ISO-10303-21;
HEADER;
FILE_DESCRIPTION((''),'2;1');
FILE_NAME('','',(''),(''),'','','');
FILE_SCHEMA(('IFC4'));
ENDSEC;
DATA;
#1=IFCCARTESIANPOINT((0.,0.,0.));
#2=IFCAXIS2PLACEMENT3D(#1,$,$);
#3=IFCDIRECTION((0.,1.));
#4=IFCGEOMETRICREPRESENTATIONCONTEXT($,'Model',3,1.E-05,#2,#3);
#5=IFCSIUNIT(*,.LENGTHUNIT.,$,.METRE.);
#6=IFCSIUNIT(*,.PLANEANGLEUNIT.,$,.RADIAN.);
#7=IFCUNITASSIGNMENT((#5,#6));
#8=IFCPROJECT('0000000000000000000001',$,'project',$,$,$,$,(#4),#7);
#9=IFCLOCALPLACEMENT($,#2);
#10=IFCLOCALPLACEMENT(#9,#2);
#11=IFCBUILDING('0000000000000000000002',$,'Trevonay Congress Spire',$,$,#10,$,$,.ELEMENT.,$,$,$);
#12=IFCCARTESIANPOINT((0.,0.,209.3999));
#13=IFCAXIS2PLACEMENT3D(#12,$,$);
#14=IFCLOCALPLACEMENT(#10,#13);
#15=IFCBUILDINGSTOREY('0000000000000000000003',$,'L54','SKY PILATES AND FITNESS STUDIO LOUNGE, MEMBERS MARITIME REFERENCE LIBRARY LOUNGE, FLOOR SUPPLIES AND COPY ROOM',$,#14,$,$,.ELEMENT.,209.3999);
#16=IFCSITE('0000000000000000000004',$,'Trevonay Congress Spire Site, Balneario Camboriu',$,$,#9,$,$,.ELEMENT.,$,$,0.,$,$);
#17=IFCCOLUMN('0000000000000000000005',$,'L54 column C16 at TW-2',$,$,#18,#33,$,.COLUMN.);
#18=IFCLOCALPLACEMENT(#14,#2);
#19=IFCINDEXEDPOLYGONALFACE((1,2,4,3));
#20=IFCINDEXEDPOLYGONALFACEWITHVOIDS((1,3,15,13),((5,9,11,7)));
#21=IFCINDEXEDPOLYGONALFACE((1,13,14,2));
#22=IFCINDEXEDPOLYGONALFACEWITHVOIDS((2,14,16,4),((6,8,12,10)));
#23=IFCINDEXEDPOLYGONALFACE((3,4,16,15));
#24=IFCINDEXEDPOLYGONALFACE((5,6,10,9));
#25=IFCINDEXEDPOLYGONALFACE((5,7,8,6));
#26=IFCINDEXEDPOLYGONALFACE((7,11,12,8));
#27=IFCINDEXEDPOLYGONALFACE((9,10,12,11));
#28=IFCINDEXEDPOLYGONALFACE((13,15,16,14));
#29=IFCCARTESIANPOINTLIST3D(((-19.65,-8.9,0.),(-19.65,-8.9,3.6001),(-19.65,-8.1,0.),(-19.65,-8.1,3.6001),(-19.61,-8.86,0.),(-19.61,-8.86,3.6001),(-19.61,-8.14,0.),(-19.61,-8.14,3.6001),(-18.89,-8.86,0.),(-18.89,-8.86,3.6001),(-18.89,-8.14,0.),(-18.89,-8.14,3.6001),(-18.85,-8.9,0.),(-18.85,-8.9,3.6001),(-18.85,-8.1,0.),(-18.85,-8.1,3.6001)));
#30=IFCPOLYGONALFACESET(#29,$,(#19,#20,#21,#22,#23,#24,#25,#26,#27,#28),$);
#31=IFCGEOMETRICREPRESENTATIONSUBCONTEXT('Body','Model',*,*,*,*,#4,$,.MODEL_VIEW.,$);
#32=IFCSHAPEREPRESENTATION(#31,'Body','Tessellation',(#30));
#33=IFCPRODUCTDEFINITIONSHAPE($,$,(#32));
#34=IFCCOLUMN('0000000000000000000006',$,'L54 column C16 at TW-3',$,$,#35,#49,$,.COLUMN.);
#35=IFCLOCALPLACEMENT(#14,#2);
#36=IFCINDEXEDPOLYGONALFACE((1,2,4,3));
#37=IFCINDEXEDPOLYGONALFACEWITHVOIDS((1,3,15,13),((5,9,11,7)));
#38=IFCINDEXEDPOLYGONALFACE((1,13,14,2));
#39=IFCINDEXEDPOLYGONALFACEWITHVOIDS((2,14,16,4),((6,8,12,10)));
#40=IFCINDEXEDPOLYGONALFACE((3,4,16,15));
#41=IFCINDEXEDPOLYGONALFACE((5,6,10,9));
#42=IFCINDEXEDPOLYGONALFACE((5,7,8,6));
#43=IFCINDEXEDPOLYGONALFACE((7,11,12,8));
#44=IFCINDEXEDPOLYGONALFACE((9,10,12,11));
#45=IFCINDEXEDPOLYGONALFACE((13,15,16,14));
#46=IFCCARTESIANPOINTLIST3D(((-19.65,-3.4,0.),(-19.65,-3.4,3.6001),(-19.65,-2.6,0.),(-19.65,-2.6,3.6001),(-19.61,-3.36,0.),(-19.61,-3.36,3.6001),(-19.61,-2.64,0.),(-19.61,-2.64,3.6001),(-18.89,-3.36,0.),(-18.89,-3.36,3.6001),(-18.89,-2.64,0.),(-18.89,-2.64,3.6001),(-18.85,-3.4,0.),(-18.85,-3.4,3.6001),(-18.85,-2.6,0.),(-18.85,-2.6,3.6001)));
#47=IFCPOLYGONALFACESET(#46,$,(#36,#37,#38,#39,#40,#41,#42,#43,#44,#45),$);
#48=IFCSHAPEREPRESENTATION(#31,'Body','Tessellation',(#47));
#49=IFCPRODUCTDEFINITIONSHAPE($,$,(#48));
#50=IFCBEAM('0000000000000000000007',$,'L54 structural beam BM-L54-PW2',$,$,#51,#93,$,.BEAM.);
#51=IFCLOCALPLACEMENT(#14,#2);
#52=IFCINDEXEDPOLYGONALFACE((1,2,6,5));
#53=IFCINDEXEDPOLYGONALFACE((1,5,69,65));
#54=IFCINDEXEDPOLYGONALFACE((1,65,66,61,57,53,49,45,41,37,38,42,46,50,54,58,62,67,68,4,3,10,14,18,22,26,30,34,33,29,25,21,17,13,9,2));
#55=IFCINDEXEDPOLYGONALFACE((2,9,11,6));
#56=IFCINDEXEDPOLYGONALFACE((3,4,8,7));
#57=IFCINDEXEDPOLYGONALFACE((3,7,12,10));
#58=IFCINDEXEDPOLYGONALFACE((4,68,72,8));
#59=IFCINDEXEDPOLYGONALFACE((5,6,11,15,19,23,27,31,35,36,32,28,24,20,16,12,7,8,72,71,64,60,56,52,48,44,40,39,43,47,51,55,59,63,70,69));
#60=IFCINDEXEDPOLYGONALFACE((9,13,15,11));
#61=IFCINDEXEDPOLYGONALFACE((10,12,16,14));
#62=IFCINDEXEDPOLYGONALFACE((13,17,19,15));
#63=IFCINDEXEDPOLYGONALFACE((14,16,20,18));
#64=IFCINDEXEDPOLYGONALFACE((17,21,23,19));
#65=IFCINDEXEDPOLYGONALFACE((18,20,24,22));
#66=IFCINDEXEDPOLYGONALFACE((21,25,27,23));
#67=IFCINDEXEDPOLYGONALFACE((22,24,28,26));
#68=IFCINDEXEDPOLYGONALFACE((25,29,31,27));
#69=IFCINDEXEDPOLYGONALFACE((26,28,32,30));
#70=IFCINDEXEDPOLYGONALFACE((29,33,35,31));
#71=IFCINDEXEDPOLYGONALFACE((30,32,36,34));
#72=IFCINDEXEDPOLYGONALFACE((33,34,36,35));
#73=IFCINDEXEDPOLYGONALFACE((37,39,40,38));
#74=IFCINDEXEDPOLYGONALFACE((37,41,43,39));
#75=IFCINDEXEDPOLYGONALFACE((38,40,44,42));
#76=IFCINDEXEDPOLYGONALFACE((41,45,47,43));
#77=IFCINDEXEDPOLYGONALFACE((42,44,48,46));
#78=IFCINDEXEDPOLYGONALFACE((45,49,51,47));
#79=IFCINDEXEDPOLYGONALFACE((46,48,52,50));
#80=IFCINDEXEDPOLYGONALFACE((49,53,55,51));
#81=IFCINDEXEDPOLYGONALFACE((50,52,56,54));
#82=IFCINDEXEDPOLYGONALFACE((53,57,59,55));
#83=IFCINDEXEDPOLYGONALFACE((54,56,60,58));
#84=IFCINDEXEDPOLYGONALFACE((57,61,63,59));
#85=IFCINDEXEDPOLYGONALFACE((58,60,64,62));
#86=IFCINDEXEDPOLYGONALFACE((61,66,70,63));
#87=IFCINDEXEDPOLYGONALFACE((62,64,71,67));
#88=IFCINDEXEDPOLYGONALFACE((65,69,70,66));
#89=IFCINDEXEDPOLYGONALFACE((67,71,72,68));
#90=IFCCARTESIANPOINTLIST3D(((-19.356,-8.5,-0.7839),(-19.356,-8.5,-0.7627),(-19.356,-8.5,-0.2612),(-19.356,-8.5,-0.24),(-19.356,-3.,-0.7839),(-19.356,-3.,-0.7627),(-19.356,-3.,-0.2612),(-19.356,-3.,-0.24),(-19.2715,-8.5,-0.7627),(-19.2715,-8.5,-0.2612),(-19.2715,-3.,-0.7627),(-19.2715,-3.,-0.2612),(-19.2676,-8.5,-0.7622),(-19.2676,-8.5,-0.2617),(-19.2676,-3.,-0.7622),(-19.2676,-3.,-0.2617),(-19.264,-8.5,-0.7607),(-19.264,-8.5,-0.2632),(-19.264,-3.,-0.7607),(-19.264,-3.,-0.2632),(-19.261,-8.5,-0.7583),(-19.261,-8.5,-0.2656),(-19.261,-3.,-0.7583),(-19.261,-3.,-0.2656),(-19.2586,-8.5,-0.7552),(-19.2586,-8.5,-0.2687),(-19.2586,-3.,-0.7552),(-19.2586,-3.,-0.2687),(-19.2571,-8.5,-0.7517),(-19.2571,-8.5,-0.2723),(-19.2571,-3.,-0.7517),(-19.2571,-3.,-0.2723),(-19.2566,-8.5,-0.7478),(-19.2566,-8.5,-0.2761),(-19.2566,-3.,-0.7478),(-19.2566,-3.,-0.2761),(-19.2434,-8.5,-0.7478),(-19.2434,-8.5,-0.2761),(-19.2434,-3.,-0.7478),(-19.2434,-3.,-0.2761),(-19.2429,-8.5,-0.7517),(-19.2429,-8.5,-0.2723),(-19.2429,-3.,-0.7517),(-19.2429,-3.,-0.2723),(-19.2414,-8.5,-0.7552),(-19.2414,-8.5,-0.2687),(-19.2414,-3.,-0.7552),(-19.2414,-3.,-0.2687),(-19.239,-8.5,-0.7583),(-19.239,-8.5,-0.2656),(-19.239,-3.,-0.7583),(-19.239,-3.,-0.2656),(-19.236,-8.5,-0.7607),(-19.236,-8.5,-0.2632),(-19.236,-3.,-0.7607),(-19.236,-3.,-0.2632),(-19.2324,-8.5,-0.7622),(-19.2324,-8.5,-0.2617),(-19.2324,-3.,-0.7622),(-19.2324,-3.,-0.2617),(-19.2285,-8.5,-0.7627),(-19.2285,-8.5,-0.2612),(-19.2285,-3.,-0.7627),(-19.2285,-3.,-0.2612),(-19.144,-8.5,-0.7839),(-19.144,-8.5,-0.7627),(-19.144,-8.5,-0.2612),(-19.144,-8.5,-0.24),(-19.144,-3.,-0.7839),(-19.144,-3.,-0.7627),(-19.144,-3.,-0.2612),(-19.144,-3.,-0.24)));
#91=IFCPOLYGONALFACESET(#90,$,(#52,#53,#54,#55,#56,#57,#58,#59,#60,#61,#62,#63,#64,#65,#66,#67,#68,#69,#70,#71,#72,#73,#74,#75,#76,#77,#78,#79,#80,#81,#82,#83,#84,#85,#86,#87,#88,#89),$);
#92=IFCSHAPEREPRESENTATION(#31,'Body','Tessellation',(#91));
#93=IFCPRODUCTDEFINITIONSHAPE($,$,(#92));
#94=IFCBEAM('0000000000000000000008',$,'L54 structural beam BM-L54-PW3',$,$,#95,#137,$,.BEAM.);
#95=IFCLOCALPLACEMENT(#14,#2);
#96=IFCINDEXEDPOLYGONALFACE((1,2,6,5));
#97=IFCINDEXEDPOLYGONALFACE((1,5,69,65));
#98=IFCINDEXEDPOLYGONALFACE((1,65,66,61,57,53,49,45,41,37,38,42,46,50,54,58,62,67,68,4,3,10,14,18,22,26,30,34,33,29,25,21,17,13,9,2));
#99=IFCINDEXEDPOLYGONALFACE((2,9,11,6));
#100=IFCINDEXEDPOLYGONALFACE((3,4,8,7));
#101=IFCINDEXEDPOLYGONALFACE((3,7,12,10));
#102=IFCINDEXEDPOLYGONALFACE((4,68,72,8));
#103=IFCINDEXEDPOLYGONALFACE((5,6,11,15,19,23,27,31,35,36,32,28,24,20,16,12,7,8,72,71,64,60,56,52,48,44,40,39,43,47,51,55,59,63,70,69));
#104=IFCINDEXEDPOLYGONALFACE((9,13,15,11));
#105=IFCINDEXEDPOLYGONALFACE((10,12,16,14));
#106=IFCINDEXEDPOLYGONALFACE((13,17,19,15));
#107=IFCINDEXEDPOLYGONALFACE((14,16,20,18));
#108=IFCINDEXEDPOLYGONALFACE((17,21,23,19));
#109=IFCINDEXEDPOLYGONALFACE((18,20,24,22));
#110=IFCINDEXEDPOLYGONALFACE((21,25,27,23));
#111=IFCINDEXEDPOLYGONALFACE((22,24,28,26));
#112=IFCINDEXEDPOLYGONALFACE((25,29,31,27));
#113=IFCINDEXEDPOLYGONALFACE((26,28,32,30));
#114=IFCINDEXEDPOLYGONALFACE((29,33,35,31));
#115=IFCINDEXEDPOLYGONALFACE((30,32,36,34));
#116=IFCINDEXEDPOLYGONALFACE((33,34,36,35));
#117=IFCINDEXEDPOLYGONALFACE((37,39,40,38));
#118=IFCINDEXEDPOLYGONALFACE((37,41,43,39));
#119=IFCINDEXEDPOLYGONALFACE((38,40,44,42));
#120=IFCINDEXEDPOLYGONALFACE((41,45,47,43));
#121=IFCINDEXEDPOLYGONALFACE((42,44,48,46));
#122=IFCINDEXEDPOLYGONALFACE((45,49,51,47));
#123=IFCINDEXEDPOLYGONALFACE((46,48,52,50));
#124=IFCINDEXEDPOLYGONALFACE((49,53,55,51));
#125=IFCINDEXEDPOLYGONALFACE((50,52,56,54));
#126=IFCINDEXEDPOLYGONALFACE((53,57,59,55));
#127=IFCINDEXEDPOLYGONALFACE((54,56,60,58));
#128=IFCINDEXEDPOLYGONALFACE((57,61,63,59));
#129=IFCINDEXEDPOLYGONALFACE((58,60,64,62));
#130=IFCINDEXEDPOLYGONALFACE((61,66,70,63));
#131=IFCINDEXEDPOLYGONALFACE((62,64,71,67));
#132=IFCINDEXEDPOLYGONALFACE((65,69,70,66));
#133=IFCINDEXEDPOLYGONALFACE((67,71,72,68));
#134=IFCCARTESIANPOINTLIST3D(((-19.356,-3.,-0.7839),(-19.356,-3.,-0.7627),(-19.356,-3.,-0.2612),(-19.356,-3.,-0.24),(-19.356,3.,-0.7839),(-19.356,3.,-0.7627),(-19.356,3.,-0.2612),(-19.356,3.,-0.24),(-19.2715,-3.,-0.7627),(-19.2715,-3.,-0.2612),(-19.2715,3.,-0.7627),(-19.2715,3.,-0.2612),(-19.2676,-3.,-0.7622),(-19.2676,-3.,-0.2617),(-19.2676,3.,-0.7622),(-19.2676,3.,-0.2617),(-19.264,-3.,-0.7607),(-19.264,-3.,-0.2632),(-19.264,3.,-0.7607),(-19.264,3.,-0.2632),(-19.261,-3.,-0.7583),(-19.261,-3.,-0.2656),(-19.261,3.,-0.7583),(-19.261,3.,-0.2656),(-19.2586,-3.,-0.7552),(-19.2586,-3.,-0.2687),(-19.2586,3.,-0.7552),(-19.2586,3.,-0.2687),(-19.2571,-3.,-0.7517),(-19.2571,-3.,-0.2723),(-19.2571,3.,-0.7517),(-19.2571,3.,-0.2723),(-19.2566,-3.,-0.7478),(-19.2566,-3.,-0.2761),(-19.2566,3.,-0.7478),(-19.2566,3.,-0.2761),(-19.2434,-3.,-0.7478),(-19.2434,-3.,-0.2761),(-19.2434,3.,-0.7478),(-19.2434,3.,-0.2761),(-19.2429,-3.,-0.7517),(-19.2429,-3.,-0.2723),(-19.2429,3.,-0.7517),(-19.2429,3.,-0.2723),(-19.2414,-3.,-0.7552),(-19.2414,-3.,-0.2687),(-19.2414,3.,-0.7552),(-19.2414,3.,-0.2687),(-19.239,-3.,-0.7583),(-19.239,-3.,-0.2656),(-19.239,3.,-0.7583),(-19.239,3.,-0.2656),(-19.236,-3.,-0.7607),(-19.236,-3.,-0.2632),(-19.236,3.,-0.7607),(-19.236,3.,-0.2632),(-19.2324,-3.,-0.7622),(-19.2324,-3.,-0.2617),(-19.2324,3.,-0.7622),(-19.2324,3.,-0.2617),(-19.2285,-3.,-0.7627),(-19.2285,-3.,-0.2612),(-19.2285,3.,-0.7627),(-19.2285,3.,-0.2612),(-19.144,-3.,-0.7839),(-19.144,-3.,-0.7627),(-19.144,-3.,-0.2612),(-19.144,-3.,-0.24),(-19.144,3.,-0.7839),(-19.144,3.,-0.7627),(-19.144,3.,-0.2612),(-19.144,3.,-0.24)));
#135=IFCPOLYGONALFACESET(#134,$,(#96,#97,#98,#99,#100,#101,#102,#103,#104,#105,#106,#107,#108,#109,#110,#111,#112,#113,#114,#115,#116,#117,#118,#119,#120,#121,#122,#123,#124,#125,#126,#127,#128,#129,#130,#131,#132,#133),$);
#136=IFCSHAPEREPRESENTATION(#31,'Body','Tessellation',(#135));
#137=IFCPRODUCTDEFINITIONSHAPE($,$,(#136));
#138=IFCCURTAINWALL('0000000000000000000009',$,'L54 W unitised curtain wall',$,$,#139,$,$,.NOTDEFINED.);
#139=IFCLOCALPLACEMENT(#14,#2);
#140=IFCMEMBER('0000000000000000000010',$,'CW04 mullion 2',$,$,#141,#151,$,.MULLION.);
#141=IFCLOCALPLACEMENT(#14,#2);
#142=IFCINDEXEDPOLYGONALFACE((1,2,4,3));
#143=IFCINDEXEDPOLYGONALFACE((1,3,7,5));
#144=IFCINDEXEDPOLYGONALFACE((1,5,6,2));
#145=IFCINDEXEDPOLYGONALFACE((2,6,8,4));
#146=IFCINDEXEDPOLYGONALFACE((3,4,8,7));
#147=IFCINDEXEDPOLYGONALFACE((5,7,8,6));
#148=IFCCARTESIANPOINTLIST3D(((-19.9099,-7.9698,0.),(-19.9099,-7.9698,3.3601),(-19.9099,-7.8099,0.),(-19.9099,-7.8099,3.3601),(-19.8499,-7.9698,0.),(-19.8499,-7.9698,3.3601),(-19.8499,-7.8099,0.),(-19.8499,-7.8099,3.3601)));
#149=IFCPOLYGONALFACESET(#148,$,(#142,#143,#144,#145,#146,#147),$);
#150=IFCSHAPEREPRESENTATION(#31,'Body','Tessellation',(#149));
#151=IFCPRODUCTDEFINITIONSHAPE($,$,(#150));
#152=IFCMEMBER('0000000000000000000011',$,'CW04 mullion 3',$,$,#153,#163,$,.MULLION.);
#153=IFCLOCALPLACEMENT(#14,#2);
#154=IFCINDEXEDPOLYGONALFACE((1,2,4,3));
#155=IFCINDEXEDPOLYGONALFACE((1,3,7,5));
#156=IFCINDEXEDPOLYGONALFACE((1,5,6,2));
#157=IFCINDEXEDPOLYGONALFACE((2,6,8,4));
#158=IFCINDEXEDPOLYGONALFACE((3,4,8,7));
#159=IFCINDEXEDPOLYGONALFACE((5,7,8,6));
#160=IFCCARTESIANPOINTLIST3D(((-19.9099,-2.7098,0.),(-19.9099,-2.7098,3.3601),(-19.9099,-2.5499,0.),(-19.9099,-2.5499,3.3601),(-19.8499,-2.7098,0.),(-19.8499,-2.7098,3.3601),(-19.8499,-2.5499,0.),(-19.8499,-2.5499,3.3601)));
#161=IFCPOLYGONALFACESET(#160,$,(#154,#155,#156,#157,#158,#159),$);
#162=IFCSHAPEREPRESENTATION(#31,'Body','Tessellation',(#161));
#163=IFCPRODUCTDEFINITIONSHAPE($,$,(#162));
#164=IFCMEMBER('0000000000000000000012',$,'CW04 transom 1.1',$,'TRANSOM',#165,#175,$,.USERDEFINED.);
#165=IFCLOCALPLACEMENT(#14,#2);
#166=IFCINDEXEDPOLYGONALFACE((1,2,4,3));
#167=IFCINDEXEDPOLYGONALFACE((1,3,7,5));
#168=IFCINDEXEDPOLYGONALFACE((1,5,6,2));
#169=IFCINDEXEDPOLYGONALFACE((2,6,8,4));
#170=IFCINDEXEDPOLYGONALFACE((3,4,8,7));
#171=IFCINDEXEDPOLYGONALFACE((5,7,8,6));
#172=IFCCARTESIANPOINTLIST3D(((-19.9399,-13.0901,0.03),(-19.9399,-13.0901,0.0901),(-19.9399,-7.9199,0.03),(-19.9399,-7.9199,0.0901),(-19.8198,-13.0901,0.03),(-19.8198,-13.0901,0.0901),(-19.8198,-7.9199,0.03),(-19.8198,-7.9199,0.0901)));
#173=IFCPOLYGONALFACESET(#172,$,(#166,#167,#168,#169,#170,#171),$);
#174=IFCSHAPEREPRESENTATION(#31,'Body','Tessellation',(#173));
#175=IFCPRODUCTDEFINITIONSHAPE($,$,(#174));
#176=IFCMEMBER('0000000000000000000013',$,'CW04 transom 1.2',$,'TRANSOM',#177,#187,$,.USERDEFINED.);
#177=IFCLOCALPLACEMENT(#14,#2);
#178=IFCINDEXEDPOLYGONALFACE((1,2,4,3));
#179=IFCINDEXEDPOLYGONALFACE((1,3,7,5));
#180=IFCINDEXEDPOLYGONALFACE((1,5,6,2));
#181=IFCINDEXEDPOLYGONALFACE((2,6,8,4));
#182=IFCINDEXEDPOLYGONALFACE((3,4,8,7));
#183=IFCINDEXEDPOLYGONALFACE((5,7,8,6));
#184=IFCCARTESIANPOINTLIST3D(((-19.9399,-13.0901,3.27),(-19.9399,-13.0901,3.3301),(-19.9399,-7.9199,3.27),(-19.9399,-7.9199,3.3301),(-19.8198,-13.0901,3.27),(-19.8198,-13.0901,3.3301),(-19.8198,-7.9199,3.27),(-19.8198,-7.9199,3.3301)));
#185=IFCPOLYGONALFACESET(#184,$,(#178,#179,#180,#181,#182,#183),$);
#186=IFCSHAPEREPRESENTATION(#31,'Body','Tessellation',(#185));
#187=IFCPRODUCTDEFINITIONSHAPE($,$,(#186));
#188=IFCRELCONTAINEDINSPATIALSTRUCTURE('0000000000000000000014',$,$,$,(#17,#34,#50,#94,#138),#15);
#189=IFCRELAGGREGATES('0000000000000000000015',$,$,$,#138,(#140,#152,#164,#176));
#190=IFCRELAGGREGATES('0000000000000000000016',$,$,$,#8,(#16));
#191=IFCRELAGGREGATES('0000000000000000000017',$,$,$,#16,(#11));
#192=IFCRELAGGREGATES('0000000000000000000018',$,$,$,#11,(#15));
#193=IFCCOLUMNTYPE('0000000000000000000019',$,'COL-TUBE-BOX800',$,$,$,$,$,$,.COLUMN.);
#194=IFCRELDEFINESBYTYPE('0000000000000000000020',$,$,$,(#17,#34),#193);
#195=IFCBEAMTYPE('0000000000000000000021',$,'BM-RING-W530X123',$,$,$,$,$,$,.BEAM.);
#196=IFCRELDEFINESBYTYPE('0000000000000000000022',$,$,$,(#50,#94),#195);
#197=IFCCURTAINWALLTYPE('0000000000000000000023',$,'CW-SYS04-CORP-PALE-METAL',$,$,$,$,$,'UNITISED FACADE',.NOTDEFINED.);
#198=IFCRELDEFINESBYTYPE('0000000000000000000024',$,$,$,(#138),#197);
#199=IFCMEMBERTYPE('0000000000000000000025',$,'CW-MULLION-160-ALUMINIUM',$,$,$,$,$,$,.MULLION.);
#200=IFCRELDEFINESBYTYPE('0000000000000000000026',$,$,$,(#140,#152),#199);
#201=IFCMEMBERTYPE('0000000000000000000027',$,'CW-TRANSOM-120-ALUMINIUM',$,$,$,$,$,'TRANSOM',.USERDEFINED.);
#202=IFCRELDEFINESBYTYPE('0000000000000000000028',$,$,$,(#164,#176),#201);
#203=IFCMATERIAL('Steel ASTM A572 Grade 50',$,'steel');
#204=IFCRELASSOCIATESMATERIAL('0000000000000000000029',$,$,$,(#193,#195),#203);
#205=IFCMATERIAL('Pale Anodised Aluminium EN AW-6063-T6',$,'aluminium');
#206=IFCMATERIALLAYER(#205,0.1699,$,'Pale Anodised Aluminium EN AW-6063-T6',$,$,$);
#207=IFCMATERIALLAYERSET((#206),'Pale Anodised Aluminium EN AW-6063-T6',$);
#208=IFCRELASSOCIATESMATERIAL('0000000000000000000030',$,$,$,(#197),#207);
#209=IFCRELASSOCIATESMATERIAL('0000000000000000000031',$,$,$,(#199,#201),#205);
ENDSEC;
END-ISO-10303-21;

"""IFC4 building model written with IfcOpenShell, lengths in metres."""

from ifc_helpers import new_model, si_unit, direction, frame, origin, origin_2d, place, context, subcontext, project, spatial, rectangle, hollow_rectangle, i_section, extrude, material, layer, layer_set, material_profile, profile_set, type_object, element, aggregate, save


model = new_model("IFC4")

# Units and contexts
model_context = context("Model", 3, precision=1e-05, world=origin(), true_north=direction((0.0, 1.0)))
body_context = subcontext(model_context, "Body", "Model", "MODEL_VIEW")
ifc_project = project(units=[si_unit("LENGTHUNIT", "METRE"), si_unit("PLANEANGLEUNIT", "RADIAN")], contexts=[model_context])

# Site, building, storey
site_placement = place(None, origin())
site = spatial("IfcSite", under=ifc_project, at=site_placement, Name="Trevonay Congress Spire Site, Balneario Camboriu", CompositionType="ELEMENT", RefElevation=0.0)
building_placement = place(site_placement, origin())
building = spatial("IfcBuilding", under=site, at=building_placement, Name="Trevonay Congress Spire", CompositionType="ELEMENT")
storey_placement = place(building_placement, frame((0.0, 0.0, 209.3999)))
storey = spatial("IfcBuildingStorey", under=building, at=storey_placement, Name="L54", Description="SKY PILATES AND FITNESS STUDIO LOUNGE, MEMBERS MARITIME REFERENCE LIBRARY LOUNGE, FLOOR SUPPLIES AND COPY ROOM", CompositionType="ELEMENT", Elevation=209.3999)

# Columns
ifc_material_1 = material(Name="Steel ASTM A572 Grade 50", Category="steel")
ifc_material_profile_1 = material_profile(ifc_material_1, hollow_rectangle(XDim=0.8, YDim=0.8, WallThickness=0.04, at=origin_2d()), Name="BOX 800x800x40")
ifc_profile_set_1 = profile_set([ifc_material_profile_1], Name="Steel ASTM A572 Grade 50")
column_type = type_object("IfcColumnType", Name="COL-TUBE-BOX800", PredefinedType="COLUMN", material=ifc_profile_set_1)
for number, where, z_axis, x_axis, name in (
    (1, (-19.25, -8.5, 0.0), (0.0, 0.0, 1.0), (1.0, 0.0, 0.0), "L54 column C16 at TW-2"),
    (2, (-19.25, -3.0, 0.0), (0.0, 0.0, 1.0), (1.0, 0.0, 0.0), "L54 column C16 at TW-3"),
):
    element("IfcColumn", number, at=place(storey_placement, frame(where, z_axis=z_axis, x_axis=x_axis)), inside=storey, type_object=column_type, Name=name, PredefinedType="COLUMN", context=body_context, shape_type="SweptSolid", body=[
        extrude(hollow_rectangle(XDim=0.8, YDim=0.8, WallThickness=0.04, at=origin_2d()), origin(), (0.0, 0.0, 1.0), 3.6001),
    ])

# Beams
ifc_material_profile_2 = material_profile(ifc_material_1, i_section(OverallWidth=0.2119, OverallDepth=0.5439, WebThickness=0.0132, FlangeThickness=0.0212, FilletRadius=0.0149, at=origin_2d()), Name="W530x123")
ifc_profile_set_2 = profile_set([ifc_material_profile_2], Name="Steel ASTM A572 Grade 50")
beam_type_1 = type_object("IfcBeamType", Name="BM-RING-W530X123", PredefinedType="BEAM", material=ifc_profile_set_2)
beam_1_placement = place(storey_placement, frame((-19.25, -8.5, -0.512), z_axis=(0.0, 1.0, 0.0), x_axis=(-1.0, 0.0, 0.0)))
element("IfcBeam", 3, at=beam_1_placement, inside=storey, type_object=beam_type_1, Name="L54 structural beam BM-L54-PW2", PredefinedType="BEAM", context=body_context, shape_type="SweptSolid", body=[
    extrude(i_section(OverallWidth=0.2119, OverallDepth=0.5439, WebThickness=0.0132, FlangeThickness=0.0212, FilletRadius=0.0149, at=origin_2d()), origin(), (0.0, 0.0, 1.0), 5.5),
])
beam_2_placement = place(storey_placement, frame((-19.25, -3.0, -0.512), z_axis=(0.0, 1.0, 0.0), x_axis=(-1.0, 0.0, 0.0)))
element("IfcBeam", 4, at=beam_2_placement, inside=storey, type_object=beam_type_1, Name="L54 structural beam BM-L54-PW3", PredefinedType="BEAM", context=body_context, shape_type="SweptSolid", body=[
    extrude(i_section(OverallWidth=0.2119, OverallDepth=0.5439, WebThickness=0.0132, FlangeThickness=0.0212, FilletRadius=0.0149, at=origin_2d()), origin(), (0.0, 0.0, 1.0), 6.0),
])

# Curtain wall, members
ifc_material_2 = material(Name="Pale Anodised Aluminium EN AW-6063-T6", Category="aluminium")
ifc_layer_1 = layer(ifc_material_2, 0.1699, Name="Pale Anodised Aluminium EN AW-6063-T6")
ifc_layer_set_1 = layer_set([ifc_layer_1], Name="Pale Anodised Aluminium EN AW-6063-T6")
curtain_wall_type = type_object("IfcCurtainWallType", Name="CW-SYS04-CORP-PALE-METAL", ElementType="UNITISED FACADE", PredefinedType="NOTDEFINED", material=ifc_layer_set_1)
curtain_wall_placement = place(storey_placement, origin())
curtain_wall = element("IfcCurtainWall", 5, at=curtain_wall_placement, inside=storey, type_object=curtain_wall_type, Name="L54 W unitised curtain wall", PredefinedType="NOTDEFINED")
ifc_material_profile_3 = material_profile(ifc_material_2, rectangle(XDim=0.0601, YDim=0.1599, at=origin_2d()), Name="CW-MULLION-160-ALUMINIUM")
ifc_profile_set_3 = profile_set([ifc_material_profile_3], Name="Pale Anodised Aluminium EN AW-6063-T6")
member_type_1 = type_object("IfcMemberType", Name="CW-MULLION-160-ALUMINIUM", PredefinedType="MULLION", material=ifc_profile_set_3)
member_1_placement = place(storey_placement, frame((-19.8799, -7.8899, 0.0), z_axis=(0.0, 0.0, 1.0), x_axis=(-1.0, 0.0, 0.0)))
member_1 = element("IfcMember", 6, at=member_1_placement, type_object=member_type_1, Name="CW04 mullion 2", PredefinedType="MULLION", context=body_context, shape_type="SweptSolid", body=[
    extrude(rectangle(XDim=0.0601, YDim=0.1599, at=origin_2d()), origin(), (0.0, 0.0, 1.0), 3.3601),
])
member_2_placement = place(storey_placement, frame((-19.8799, -2.6299, 0.0), z_axis=(0.0, 0.0, 1.0), x_axis=(-1.0, 0.0, 0.0)))
member_2 = element("IfcMember", 7, at=member_2_placement, type_object=member_type_1, Name="CW04 mullion 3", PredefinedType="MULLION", context=body_context, shape_type="SweptSolid", body=[
    extrude(rectangle(XDim=0.0601, YDim=0.1599, at=origin_2d()), origin(), (0.0, 0.0, 1.0), 3.3601),
])
ifc_material_profile_4 = material_profile(ifc_material_2, rectangle(XDim=0.1201, YDim=0.0601, at=origin_2d()), Name="CW-TRANSOM-120-ALUMINIUM")
ifc_profile_set_4 = profile_set([ifc_material_profile_4], Name="Pale Anodised Aluminium EN AW-6063-T6")
member_type_2 = type_object("IfcMemberType", Name="CW-TRANSOM-120-ALUMINIUM", ElementType="TRANSOM", PredefinedType="USERDEFINED", material=ifc_profile_set_4)
member_3_placement = place(storey_placement, frame((-19.8799, -13.0901, 0.0601), z_axis=(0.0, 1.0, 0.0), x_axis=(-1.0, 0.0, 0.0)))
member_3 = element("IfcMember", 8, at=member_3_placement, type_object=member_type_2, Name="CW04 transom 1.1", ObjectType="TRANSOM", PredefinedType="USERDEFINED", context=body_context, shape_type="SweptSolid", body=[
    extrude(rectangle(XDim=0.1201, YDim=0.0601, at=origin_2d()), origin(), (0.0, 0.0, 1.0), 5.1702),
])
member_4_placement = place(storey_placement, frame((-19.8799, -13.0901, 3.3), z_axis=(0.0, 1.0, 0.0), x_axis=(-1.0, 0.0, 0.0)))
member_4 = element("IfcMember", 9, at=member_4_placement, type_object=member_type_2, Name="CW04 transom 1.2", ObjectType="TRANSOM", PredefinedType="USERDEFINED", context=body_context, shape_type="SweptSolid", body=[
    extrude(rectangle(XDim=0.1201, YDim=0.0601, at=origin_2d()), origin(), (0.0, 0.0, 1.0), 5.1702),
])

aggregate(curtain_wall, [member_1, member_2, member_3, member_4])

save(model, "model.ifc")
